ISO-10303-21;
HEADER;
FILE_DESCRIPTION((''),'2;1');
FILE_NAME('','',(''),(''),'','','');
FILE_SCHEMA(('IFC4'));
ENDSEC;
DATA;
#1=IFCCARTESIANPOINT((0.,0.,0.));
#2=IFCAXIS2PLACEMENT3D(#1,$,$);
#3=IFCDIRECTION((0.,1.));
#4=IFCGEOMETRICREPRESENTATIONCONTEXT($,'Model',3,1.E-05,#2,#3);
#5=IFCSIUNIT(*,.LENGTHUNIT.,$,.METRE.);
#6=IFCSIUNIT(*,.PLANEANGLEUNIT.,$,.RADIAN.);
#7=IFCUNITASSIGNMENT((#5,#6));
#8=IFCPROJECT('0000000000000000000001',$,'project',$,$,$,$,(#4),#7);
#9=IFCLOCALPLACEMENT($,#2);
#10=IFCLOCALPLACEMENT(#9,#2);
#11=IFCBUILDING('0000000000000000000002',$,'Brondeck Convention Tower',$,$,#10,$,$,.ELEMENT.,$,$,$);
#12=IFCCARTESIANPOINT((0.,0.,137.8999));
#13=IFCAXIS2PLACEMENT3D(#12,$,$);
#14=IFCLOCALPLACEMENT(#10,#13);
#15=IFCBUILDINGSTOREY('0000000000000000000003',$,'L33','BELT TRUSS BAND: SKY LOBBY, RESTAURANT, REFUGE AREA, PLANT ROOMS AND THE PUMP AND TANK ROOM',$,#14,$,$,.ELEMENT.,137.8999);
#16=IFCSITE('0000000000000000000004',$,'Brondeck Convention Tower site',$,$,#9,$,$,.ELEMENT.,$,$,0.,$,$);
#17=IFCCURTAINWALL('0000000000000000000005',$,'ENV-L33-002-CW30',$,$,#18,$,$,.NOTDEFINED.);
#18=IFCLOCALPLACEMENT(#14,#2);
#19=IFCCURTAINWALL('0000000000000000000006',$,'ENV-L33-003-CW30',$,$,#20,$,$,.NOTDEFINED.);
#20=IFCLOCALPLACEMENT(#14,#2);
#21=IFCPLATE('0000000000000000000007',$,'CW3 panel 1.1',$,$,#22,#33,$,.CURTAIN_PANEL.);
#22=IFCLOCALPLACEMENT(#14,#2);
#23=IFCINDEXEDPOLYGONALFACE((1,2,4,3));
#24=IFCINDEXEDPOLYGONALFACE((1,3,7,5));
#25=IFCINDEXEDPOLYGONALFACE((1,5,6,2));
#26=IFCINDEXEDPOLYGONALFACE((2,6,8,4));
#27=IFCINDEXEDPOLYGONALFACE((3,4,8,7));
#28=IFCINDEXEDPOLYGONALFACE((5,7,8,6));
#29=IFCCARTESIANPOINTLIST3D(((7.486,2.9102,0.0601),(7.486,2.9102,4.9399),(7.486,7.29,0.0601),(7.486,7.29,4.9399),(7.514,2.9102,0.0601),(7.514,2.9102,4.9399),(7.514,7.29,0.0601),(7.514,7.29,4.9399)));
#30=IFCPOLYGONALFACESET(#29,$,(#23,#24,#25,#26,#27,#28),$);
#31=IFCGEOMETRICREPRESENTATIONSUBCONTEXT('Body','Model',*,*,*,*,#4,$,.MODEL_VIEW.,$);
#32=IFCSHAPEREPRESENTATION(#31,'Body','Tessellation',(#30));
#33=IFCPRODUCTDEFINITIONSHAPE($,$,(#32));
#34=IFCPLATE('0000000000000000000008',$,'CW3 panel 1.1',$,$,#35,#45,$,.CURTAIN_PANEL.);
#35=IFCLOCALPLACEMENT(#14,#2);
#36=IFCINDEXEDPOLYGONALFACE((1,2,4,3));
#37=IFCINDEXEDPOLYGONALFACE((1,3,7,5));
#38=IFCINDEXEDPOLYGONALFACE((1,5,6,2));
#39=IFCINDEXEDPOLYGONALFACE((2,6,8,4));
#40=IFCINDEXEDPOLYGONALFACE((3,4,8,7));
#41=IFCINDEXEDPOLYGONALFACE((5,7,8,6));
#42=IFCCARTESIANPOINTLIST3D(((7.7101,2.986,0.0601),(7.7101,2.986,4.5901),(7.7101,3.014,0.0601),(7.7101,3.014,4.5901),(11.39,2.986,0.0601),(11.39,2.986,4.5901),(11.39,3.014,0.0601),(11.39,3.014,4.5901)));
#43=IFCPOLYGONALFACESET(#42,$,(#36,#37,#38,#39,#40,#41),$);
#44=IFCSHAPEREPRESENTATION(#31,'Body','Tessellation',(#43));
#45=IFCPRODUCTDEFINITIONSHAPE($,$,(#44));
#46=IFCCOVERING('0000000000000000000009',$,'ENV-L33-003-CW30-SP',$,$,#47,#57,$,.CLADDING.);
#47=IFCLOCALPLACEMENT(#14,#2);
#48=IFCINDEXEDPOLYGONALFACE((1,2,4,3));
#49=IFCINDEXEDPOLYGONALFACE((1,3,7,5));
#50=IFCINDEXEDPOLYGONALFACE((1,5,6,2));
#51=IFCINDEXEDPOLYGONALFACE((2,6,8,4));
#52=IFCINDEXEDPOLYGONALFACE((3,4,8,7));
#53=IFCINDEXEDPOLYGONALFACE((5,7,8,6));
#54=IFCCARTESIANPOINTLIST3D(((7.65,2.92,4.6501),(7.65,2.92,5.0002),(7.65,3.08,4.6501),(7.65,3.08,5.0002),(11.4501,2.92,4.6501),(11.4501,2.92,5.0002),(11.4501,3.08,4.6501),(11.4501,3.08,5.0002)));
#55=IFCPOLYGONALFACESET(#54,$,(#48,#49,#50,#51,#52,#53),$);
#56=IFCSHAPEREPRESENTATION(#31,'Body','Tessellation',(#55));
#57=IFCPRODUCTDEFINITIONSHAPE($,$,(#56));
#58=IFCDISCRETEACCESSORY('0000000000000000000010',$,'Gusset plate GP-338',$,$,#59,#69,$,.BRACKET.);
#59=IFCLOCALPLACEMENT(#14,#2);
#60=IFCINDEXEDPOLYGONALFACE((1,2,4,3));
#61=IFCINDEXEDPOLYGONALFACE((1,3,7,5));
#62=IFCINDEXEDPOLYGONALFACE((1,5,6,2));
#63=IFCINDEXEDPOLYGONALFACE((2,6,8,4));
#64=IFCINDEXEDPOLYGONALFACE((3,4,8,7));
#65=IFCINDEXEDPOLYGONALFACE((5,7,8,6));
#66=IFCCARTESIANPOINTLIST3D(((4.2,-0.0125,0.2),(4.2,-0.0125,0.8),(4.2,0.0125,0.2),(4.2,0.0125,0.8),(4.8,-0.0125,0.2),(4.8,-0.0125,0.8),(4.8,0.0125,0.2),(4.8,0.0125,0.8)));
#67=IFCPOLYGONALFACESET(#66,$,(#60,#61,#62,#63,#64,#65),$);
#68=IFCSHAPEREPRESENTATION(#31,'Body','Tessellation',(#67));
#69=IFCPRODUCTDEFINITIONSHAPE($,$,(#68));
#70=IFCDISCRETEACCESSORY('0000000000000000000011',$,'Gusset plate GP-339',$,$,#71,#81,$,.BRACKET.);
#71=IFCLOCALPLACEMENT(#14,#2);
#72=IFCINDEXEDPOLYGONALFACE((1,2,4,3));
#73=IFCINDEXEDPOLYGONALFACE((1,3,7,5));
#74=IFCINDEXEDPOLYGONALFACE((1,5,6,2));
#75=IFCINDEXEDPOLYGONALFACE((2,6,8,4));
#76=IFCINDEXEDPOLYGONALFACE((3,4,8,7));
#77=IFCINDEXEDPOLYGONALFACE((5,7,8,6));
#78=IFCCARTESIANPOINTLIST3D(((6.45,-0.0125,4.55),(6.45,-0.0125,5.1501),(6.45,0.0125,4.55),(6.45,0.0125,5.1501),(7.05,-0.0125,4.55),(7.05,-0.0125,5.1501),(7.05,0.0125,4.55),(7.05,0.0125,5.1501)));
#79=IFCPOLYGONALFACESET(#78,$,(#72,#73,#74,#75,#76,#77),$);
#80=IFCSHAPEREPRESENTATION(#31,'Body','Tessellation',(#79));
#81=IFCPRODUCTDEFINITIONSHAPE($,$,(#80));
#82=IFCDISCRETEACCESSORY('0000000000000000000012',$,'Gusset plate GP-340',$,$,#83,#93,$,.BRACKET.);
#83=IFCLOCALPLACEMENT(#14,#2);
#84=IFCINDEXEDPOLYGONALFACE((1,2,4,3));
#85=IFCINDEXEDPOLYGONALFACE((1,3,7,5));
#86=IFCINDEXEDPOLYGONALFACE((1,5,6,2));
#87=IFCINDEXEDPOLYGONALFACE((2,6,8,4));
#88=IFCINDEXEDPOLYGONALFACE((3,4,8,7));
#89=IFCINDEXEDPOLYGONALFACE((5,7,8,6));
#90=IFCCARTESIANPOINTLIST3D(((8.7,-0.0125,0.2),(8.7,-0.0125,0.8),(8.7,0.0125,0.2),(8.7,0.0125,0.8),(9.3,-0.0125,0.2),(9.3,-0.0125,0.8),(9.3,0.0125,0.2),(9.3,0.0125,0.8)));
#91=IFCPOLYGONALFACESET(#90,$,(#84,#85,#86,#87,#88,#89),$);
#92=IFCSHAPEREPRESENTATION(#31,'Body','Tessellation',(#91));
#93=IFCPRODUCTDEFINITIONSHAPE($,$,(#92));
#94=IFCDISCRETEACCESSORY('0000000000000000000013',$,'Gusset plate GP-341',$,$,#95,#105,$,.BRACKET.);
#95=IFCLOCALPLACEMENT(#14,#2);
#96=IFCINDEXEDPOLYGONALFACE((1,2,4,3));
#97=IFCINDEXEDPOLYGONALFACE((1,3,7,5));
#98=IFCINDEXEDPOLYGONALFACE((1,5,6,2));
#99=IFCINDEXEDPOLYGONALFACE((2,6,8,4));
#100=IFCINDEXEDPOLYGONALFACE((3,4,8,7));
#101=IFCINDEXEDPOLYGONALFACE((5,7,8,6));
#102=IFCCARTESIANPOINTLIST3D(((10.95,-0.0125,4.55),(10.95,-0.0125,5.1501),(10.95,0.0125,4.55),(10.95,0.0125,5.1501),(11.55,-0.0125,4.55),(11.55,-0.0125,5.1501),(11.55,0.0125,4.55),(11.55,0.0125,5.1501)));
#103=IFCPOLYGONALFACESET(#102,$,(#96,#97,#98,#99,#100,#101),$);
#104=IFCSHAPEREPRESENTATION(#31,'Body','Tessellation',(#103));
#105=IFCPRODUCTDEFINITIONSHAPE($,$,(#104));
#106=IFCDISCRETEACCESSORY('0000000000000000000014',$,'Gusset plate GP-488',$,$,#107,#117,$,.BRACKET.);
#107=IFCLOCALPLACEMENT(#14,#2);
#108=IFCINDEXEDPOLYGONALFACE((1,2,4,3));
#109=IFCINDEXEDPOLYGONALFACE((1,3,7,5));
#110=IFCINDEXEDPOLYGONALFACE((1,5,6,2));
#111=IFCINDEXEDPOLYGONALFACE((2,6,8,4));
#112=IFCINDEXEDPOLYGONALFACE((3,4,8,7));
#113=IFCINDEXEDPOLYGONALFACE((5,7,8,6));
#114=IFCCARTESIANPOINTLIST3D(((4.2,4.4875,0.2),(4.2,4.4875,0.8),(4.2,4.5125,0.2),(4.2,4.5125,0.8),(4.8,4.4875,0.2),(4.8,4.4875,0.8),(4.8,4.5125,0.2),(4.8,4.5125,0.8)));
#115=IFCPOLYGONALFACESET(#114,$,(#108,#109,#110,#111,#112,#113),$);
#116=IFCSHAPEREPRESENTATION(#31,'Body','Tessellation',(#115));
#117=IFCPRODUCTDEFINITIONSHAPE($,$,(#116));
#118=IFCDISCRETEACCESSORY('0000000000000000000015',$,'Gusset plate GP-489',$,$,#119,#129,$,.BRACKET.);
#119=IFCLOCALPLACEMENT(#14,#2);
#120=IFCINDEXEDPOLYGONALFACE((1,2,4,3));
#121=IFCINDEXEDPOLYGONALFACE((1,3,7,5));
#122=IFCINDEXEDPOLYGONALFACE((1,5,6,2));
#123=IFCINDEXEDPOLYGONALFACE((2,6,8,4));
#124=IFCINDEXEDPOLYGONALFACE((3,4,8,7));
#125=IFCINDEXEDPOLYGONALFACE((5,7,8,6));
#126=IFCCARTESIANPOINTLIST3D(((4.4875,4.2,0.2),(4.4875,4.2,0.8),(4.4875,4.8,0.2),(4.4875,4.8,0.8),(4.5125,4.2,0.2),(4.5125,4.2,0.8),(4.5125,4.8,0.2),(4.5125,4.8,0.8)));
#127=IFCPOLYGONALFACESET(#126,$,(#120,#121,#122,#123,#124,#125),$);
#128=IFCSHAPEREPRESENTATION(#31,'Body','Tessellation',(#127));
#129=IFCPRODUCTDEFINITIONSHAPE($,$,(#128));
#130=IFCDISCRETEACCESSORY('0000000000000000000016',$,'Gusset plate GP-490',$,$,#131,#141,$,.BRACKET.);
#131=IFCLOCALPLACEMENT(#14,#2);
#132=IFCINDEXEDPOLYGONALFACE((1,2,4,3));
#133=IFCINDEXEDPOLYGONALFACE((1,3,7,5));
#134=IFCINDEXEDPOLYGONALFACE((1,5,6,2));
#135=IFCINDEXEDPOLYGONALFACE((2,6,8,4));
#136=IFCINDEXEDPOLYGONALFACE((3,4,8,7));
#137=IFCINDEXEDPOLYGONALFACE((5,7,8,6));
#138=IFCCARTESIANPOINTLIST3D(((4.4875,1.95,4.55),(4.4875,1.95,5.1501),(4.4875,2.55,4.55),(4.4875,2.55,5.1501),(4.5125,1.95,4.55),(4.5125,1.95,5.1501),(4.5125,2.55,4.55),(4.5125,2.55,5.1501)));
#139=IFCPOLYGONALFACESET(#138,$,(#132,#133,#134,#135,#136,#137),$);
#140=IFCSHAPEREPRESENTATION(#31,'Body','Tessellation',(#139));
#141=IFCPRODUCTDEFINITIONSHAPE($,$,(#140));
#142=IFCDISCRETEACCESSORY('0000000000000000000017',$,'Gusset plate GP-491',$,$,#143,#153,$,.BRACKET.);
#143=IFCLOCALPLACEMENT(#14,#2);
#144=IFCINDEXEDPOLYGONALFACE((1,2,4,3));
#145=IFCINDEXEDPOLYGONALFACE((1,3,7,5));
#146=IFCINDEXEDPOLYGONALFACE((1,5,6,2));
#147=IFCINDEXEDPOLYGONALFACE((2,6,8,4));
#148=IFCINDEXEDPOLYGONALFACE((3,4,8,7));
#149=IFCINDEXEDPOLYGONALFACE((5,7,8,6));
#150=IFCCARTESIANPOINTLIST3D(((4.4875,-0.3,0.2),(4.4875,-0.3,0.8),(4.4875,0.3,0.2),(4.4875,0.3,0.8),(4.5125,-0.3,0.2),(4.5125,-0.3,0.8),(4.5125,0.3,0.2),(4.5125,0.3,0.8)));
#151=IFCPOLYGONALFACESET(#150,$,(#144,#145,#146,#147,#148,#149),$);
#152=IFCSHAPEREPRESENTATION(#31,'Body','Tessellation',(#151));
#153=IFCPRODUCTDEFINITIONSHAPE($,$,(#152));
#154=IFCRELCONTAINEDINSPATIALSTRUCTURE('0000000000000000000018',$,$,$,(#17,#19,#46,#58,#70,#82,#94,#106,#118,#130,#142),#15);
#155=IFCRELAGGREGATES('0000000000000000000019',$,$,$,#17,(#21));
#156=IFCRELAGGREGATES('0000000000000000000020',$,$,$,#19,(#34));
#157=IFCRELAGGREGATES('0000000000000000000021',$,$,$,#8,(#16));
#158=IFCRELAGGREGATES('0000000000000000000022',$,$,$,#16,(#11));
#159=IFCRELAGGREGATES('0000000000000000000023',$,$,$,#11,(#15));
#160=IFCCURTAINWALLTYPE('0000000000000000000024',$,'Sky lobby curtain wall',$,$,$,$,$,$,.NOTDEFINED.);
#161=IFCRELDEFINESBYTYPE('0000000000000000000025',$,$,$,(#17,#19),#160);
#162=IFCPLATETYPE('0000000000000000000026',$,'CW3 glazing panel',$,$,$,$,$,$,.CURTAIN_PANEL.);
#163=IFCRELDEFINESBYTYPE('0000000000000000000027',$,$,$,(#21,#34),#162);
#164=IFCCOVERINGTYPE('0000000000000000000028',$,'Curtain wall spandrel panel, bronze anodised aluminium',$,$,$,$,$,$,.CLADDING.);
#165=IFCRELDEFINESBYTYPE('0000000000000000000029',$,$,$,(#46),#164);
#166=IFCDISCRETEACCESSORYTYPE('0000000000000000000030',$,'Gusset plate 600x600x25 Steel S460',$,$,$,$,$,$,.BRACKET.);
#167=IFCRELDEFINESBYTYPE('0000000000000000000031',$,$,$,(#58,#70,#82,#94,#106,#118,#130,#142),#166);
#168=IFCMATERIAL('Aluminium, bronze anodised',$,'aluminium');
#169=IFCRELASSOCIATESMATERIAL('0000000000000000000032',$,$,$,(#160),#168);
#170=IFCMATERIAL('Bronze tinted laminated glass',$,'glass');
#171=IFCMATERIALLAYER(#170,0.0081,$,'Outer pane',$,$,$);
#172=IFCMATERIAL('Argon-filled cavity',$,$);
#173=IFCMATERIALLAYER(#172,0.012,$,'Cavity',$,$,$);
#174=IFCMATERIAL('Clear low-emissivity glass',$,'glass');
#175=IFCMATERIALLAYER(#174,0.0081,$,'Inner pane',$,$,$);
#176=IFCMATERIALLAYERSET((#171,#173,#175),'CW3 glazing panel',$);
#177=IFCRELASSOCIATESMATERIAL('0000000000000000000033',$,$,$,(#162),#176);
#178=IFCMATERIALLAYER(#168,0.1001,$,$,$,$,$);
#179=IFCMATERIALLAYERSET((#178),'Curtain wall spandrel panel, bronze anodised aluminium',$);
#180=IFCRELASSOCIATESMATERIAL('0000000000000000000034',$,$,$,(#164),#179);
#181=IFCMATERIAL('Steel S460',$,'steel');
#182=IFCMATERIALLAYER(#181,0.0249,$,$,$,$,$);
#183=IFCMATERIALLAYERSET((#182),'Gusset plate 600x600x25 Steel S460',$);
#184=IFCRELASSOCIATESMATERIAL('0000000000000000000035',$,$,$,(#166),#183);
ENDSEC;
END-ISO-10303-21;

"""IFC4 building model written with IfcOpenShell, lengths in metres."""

from ifc_helpers import new_model, si_unit, direction, frame, origin, origin_2d, place, context, subcontext, project, spatial, rectangle, extrude, material, layer, layer_set, type_object, element, aggregate, save


model = new_model("IFC4")

# Units and contexts
model_context = context("Model", 3, precision=1e-05, world=origin(), true_north=direction((0.0, 1.0)))
body_context = subcontext(model_context, "Body", "Model", "MODEL_VIEW")
ifc_project = project(units=[si_unit("LENGTHUNIT", "METRE"), si_unit("PLANEANGLEUNIT", "RADIAN")], contexts=[model_context])

# Site, building, storey
site_placement = place(None, origin())
site = spatial("IfcSite", under=ifc_project, at=site_placement, Name="Brondeck Convention Tower site", CompositionType="ELEMENT", RefElevation=0.0)
building_placement = place(site_placement, origin())
building = spatial("IfcBuilding", under=site, at=building_placement, Name="Brondeck Convention Tower", CompositionType="ELEMENT")
storey_placement = place(building_placement, frame((0.0, 0.0, 137.8999)))
storey = spatial("IfcBuildingStorey", under=building, at=storey_placement, Name="L33", Description="BELT TRUSS BAND: SKY LOBBY, RESTAURANT, REFUGE AREA, PLANT ROOMS AND THE PUMP AND TANK ROOM", CompositionType="ELEMENT", Elevation=137.8999)

# Shared definitions
ifc_material_1 = material(Name="Aluminium, bronze anodised", Category="aluminium")
curtain_wall_type = type_object("IfcCurtainWallType", Name="Sky lobby curtain wall", PredefinedType="NOTDEFINED", material=ifc_material_1)

# Curtain wall
curtain_wall_1_placement = place(storey_placement, origin())
curtain_wall_1 = element("IfcCurtainWall", 1, at=curtain_wall_1_placement, inside=storey, type_object=curtain_wall_type, Name="ENV-L33-002-CW30", PredefinedType="NOTDEFINED")

# Curtain wall
curtain_wall_2_placement = place(storey_placement, origin())
curtain_wall_2 = element("IfcCurtainWall", 2, at=curtain_wall_2_placement, inside=storey, type_object=curtain_wall_type, Name="ENV-L33-003-CW30", PredefinedType="NOTDEFINED")

# Shared definitions
ifc_material_2 = material(Name="Steel S460", Category="steel")

# Plates
ifc_material_3 = material(Name="Bronze tinted laminated glass", Category="glass")
ifc_layer_1 = layer(ifc_material_3, 0.0081, Name="Outer pane")
ifc_material_4 = material(Name="Argon-filled cavity")
ifc_layer_2 = layer(ifc_material_4, 0.012, Name="Cavity")
ifc_material_5 = material(Name="Clear low-emissivity glass", Category="glass")
ifc_layer_3 = layer(ifc_material_5, 0.0081, Name="Inner pane")
ifc_layer_set_1 = layer_set([ifc_layer_1, ifc_layer_2, ifc_layer_3], Name="CW3 glazing panel")
plate_type = type_object("IfcPlateType", Name="CW3 glazing panel", PredefinedType="CURTAIN_PANEL", material=ifc_layer_set_1)
plate_1_placement = place(storey_placement, frame((7.5, 5.1001, 0.0601), z_axis=(0.0, 0.0, 1.0), x_axis=(0.0, 1.0, 0.0)))
plate_1 = element("IfcPlate", 3, at=plate_1_placement, type_object=plate_type, Name="CW3 panel 1.1", PredefinedType="CURTAIN_PANEL", context=body_context, shape_type="SweptSolid", body=[
    extrude(rectangle(XDim=4.3799, YDim=0.0281, at=origin_2d()), origin(), (0.0, 0.0, 1.0), 4.8799),
])
aggregate(curtain_wall_1, [plate_1])
plate_2_placement = place(storey_placement, frame((9.55, 3.0, 0.0601), z_axis=(0.0, 0.0, 1.0), x_axis=(-1.0, 0.0, 0.0)))
plate_2 = element("IfcPlate", 4, at=plate_2_placement, type_object=plate_type, Name="CW3 panel 1.1", PredefinedType="CURTAIN_PANEL", context=body_context, shape_type="SweptSolid", body=[
    extrude(rectangle(XDim=3.6799, YDim=0.0281, at=origin_2d()), origin(), (0.0, 0.0, 1.0), 4.53),
])
aggregate(curtain_wall_2, [plate_2])

# Covering
ifc_layer_4 = layer(ifc_material_1, 0.1001)
ifc_layer_set_2 = layer_set([ifc_layer_4], Name="Curtain wall spandrel panel, bronze anodised aluminium")
covering_type = type_object("IfcCoveringType", Name="Curtain wall spandrel panel, bronze anodised aluminium", PredefinedType="CLADDING", material=ifc_layer_set_2)
covering_placement = place(storey_placement, frame((9.55, 3.0, 4.6501), z_axis=(0.0, 0.0, 1.0), x_axis=(-1.0, 0.0, 0.0)))
element("IfcCovering", 5, at=covering_placement, inside=storey, type_object=covering_type, Name="ENV-L33-003-CW30-SP", PredefinedType="CLADDING", context=body_context, shape_type="SweptSolid", body=[
    extrude(rectangle(XDim=3.8, YDim=0.1599, at=origin_2d()), origin(), (0.0, 0.0, 1.0), 0.3501),
])

# Discrete accessories
ifc_layer_5 = layer(ifc_material_2, 0.0249)
ifc_layer_set_3 = layer_set([ifc_layer_5], Name="Gusset plate 600x600x25 Steel S460")
discrete_accessory_type = type_object("IfcDiscreteAccessoryType", Name="Gusset plate 600x600x25 Steel S460", PredefinedType="BRACKET", material=ifc_layer_set_3)
for number, where, z_axis, x_axis, name in (
    (6, (4.5, 0.0, 0.2), (0.0, 0.0, 1.0), (1.0, 0.0, 0.0), "Gusset plate GP-338"),
    (7, (6.75, 0.0, 4.55), (0.0, 0.0, 1.0), (1.0, 0.0, 0.0), "Gusset plate GP-339"),
    (8, (9.0, 0.0, 0.2), (0.0, 0.0, 1.0), (1.0, 0.0, 0.0), "Gusset plate GP-340"),
    (9, (11.25, 0.0, 4.55), (0.0, 0.0, 1.0), (1.0, 0.0, 0.0), "Gusset plate GP-341"),
    (10, (4.5, 4.5, 0.2), (0.0, 0.0, 1.0), (1.0, 0.0, 0.0), "Gusset plate GP-488"),
    (11, (4.5, 4.5, 0.2), (0.0, 0.0, 1.0), (0.0, 1.0, 0.0), "Gusset plate GP-489"),
    (12, (4.5, 2.25, 4.55), (0.0, 0.0, 1.0), (0.0, 1.0, 0.0), "Gusset plate GP-490"),
    (13, (4.5, 0.0, 0.2), (0.0, 0.0, 1.0), (0.0, 1.0, 0.0), "Gusset plate GP-491"),
):
    element("IfcDiscreteAccessory", number, at=place(storey_placement, frame(where, z_axis=z_axis, x_axis=x_axis)), inside=storey, type_object=discrete_accessory_type, Name=name, PredefinedType="BRACKET", context=body_context, shape_type="SweptSolid", body=[
        extrude(rectangle(XDim=0.6001, YDim=0.0249, at=origin_2d()), origin(), (0.0, 0.0, 1.0), 0.6001),
    ])

save(model, "model.ifc")
